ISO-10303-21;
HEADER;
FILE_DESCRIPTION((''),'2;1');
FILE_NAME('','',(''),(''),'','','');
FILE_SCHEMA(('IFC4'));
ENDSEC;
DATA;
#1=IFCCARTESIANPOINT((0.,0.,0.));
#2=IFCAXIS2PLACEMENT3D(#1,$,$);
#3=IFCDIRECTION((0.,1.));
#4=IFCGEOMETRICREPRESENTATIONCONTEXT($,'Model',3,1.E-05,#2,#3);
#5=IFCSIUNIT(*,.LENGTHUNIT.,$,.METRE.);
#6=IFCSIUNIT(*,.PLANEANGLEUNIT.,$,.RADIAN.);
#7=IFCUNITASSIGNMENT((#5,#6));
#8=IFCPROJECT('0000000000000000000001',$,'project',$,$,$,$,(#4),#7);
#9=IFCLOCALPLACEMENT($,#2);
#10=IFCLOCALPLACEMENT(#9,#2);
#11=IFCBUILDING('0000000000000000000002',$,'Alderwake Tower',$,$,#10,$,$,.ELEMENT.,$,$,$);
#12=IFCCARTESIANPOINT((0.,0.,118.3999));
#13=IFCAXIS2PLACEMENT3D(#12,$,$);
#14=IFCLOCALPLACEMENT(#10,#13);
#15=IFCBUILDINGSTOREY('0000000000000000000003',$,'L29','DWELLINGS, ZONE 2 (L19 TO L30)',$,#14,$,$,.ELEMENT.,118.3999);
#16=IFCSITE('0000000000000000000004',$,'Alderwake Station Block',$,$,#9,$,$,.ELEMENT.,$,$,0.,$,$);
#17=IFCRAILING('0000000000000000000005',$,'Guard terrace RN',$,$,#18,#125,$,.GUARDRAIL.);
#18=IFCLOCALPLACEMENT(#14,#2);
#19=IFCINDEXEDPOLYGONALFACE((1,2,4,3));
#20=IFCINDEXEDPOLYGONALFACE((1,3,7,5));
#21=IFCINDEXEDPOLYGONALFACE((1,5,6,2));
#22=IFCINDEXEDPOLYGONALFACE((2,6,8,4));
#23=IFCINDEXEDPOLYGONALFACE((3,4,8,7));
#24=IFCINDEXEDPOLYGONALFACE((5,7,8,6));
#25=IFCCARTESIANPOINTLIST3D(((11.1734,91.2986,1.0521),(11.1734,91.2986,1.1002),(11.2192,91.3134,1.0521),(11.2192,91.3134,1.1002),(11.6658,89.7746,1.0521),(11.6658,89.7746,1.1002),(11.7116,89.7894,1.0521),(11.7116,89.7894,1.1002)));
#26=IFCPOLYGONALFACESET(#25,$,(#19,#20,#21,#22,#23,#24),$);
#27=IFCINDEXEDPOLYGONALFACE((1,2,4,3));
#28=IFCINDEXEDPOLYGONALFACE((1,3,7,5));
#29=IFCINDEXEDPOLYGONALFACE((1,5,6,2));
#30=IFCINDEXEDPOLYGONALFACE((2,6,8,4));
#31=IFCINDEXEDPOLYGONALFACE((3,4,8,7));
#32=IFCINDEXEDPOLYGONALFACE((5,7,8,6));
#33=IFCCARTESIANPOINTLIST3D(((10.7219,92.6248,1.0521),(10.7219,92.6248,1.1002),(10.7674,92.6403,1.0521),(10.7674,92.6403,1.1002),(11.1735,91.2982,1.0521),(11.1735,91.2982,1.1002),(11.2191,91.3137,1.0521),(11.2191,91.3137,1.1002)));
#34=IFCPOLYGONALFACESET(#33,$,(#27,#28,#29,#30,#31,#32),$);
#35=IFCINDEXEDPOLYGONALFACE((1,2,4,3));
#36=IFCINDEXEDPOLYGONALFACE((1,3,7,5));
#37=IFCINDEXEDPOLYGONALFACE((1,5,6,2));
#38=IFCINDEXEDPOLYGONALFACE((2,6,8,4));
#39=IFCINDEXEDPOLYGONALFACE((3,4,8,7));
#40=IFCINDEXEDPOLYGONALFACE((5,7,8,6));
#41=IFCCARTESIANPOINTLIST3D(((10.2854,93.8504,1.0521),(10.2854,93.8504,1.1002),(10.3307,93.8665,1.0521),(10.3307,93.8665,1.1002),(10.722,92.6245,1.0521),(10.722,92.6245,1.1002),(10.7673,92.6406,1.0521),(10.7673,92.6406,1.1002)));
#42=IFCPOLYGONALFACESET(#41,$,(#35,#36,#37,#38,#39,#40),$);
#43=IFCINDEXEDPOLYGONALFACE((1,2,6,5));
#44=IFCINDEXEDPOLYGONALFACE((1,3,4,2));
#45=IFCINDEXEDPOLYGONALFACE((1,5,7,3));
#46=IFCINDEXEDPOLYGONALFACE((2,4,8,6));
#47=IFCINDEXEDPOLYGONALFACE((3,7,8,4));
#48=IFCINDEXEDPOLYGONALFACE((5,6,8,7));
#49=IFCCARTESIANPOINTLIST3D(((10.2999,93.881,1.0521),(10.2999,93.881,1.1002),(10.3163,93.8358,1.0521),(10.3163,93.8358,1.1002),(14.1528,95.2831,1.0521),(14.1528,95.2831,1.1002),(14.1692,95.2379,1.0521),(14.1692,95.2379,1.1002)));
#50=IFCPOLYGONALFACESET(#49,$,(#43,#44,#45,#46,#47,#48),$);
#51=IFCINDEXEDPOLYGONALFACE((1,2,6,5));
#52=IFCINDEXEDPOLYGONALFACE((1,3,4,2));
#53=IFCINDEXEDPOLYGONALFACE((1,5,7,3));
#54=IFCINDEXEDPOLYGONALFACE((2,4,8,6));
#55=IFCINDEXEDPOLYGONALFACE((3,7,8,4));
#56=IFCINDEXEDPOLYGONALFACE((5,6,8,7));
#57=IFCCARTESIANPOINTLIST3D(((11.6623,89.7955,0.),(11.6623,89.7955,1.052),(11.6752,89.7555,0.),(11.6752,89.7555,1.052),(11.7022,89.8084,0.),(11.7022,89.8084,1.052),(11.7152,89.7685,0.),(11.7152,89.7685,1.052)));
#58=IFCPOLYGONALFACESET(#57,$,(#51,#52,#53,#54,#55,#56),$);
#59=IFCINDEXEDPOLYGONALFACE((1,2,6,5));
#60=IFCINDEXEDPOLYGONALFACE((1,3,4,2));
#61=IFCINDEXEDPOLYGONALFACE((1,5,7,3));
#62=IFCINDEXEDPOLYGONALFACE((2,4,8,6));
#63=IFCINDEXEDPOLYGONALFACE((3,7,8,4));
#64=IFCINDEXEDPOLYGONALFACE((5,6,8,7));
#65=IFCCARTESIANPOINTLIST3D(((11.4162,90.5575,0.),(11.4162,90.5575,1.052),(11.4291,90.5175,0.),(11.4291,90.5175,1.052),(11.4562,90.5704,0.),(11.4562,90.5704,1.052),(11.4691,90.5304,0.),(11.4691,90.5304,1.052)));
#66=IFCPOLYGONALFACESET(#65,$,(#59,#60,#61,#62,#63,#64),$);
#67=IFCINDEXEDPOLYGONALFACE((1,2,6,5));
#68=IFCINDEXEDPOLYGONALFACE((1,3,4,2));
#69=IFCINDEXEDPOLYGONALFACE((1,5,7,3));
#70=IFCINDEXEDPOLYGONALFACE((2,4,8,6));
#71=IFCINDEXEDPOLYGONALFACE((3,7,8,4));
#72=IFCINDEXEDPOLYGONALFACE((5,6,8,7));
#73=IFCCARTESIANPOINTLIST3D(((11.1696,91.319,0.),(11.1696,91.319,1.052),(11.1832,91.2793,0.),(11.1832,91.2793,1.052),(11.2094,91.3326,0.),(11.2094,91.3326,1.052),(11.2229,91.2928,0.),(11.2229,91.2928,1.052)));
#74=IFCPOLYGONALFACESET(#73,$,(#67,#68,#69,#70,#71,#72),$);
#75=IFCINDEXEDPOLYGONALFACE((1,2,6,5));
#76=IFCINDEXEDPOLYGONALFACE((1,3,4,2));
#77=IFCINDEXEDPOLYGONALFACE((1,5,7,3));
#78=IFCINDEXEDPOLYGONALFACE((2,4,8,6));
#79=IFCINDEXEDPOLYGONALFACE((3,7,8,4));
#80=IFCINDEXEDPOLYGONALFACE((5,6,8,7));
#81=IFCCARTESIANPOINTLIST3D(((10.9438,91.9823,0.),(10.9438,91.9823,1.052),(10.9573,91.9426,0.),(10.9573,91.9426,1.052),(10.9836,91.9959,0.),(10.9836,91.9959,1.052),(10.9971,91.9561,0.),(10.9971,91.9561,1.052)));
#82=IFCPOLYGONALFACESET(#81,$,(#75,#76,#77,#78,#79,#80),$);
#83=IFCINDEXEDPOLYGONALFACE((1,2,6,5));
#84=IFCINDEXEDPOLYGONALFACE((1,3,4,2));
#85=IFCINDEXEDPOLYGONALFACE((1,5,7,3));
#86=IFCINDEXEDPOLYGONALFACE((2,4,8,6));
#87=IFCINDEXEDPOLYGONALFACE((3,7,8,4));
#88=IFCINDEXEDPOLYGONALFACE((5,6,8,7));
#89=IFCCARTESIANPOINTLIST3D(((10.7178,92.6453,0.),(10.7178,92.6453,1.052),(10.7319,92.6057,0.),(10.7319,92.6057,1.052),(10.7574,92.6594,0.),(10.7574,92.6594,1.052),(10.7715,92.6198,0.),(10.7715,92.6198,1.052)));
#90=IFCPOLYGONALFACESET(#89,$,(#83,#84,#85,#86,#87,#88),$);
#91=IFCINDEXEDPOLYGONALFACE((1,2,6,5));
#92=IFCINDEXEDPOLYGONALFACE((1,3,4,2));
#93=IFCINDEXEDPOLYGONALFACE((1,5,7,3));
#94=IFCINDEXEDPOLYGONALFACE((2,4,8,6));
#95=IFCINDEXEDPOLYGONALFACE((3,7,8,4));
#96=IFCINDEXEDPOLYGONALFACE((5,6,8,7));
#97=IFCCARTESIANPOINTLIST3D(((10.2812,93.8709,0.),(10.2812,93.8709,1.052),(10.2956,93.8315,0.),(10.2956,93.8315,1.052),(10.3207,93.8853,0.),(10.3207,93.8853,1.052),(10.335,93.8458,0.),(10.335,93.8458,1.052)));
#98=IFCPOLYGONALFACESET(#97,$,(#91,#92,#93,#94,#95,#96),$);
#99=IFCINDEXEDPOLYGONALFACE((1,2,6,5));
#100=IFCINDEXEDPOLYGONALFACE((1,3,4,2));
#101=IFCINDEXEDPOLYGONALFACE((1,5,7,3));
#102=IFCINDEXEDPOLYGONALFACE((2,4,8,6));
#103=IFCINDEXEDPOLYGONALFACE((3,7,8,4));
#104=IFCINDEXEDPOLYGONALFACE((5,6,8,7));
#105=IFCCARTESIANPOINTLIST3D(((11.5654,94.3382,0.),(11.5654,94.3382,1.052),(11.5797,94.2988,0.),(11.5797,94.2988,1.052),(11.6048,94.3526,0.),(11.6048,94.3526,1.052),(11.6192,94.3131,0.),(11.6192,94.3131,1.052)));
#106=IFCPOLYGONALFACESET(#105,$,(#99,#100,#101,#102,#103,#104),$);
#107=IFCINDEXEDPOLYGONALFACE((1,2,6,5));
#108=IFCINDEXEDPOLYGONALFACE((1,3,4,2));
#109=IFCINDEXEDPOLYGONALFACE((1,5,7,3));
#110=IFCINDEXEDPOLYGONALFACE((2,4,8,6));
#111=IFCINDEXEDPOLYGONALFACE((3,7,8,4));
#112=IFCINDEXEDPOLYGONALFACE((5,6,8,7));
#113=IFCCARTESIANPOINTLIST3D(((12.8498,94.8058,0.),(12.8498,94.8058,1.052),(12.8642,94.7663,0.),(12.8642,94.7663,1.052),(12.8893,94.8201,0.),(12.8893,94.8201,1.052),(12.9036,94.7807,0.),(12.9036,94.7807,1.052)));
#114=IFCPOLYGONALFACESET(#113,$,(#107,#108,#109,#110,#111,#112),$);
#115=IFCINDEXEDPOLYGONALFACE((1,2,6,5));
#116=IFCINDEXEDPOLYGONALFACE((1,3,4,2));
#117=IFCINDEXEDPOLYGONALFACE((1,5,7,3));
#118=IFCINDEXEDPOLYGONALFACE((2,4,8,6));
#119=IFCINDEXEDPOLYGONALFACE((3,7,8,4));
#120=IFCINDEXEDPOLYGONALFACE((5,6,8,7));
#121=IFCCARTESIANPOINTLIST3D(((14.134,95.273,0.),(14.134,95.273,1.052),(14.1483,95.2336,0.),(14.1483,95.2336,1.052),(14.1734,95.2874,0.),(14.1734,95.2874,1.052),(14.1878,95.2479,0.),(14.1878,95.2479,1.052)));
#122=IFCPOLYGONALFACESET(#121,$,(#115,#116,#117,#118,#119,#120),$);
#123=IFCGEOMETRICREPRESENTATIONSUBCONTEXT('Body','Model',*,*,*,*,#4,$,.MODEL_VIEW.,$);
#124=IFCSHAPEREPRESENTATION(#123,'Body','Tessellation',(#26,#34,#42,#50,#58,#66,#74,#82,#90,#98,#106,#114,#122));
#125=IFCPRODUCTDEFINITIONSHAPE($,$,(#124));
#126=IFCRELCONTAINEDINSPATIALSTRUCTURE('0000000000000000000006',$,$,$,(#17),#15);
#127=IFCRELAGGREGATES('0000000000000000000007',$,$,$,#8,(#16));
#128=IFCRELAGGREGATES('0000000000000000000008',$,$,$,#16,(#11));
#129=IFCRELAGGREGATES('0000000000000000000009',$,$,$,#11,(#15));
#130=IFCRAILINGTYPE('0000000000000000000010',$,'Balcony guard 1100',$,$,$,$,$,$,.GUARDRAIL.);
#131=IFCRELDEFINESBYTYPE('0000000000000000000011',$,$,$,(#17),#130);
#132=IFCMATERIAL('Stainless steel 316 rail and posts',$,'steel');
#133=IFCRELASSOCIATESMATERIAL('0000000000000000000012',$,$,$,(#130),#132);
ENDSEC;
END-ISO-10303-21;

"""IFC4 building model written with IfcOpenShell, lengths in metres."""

from ifc_helpers import new_model, si_unit, direction, frame, origin, origin_2d, place, context, subcontext, project, spatial, rectangle, extrude, material, type_object, element, save


model = new_model("IFC4")

# Units and contexts
model_context = context("Model", 3, precision=1e-05, world=origin(), true_north=direction((0.0, 1.0)))
body_context = subcontext(model_context, "Body", "Model", "MODEL_VIEW")
ifc_project = project(units=[si_unit("LENGTHUNIT", "METRE"), si_unit("PLANEANGLEUNIT", "RADIAN")], contexts=[model_context])

# Site, building, storey
site_placement = place(None, origin())
site = spatial("IfcSite", under=ifc_project, at=site_placement, Name="Alderwake Station Block", CompositionType="ELEMENT", RefElevation=0.0)
building_placement = place(site_placement, origin())
building = spatial("IfcBuilding", under=site, at=building_placement, Name="Alderwake Tower", CompositionType="ELEMENT")
storey_placement = place(building_placement, frame((0.0, 0.0, 118.3999)))
storey = spatial("IfcBuildingStorey", under=building, at=storey_placement, Name="L29", Description="DWELLINGS, ZONE 2 (L19 TO L30)", CompositionType="ELEMENT", Elevation=118.3999)

# Railing
ifc_material_1 = material(Name="Stainless steel 316 rail and posts", Category="steel")
railing_type = type_object("IfcRailingType", Name="Balcony guard 1100", PredefinedType="GUARDRAIL", material=ifc_material_1)
railing_1_placement = place(storey_placement, frame((11.6887, 89.782, 0.0)))
element("IfcRailing", 1, at=railing_1_placement, inside=storey, type_object=railing_type, Name="Guard terrace RN", PredefinedType="GUARDRAIL", context=body_context, shape_type="SweptSolid", body=[
    extrude(rectangle(XDim=0.0481, YDim=0.0481, at=origin_2d()), frame((0.0, 0.0, 1.0762), z_axis=(-0.307479, 0.951555, 0.0), x_axis=(-0.951555, -0.307479, 0.0)), (0.0, 0.0, 1.0), 1.6016),
    extrude(rectangle(XDim=0.0481, YDim=0.0481, at=origin_2d()), frame((-0.4924, 1.5239, 1.0762), z_axis=(-0.322284, 0.946643, 0.0), x_axis=(-0.946643, -0.322284, 0.0)), (0.0, 0.0, 1.0), 1.4014),
    extrude(rectangle(XDim=0.0481, YDim=0.0481, at=origin_2d()), frame((-0.9441, 2.8506, 1.0762), z_axis=(-0.335469, 0.942051, 0.0), x_axis=(-0.942051, -0.335469, 0.0)), (0.0, 0.0, 1.0), 1.3013),
    extrude(rectangle(XDim=0.0481, YDim=0.0481, at=origin_2d()), frame((-1.3806, 4.0764, 1.0762), z_axis=(0.939708, 0.341977, 0.0), x_axis=(-0.341977, 0.939708, 0.0)), (0.0, 0.0, 1.0), 4.1001),
    extrude(rectangle(XDim=0.042, YDim=0.042, at=origin_2d()), frame((0.0, 0.0, 0.0), z_axis=(0.0, 0.0, 1.0), x_axis=(-0.307479, 0.951555, 0.0)), (0.0, 0.0, 1.0), 1.052),
    extrude(rectangle(XDim=0.042, YDim=0.042, at=origin_2d()), frame((-0.2461, 0.762, 0.0), z_axis=(0.0, 0.0, 1.0), x_axis=(-0.307479, 0.951555, 0.0)), (0.0, 0.0, 1.0), 1.052),
    extrude(rectangle(XDim=0.042, YDim=0.042, at=origin_2d()), frame((-0.4924, 1.5239, 0.0), z_axis=(0.0, 0.0, 1.0), x_axis=(-0.322284, 0.946643, 0.0)), (0.0, 0.0, 1.0), 1.052),
    extrude(rectangle(XDim=0.042, YDim=0.042, at=origin_2d()), frame((-0.7183, 2.1873, 0.0), z_axis=(0.0, 0.0, 1.0), x_axis=(-0.322284, 0.946643, 0.0)), (0.0, 0.0, 1.0), 1.052),
    extrude(rectangle(XDim=0.042, YDim=0.042, at=origin_2d()), frame((-0.9441, 2.8506, 0.0), z_axis=(0.0, 0.0, 1.0), x_axis=(-0.335469, 0.942051, 0.0)), (0.0, 0.0, 1.0), 1.052),
    extrude(rectangle(XDim=0.042, YDim=0.042, at=origin_2d()), frame((-1.3806, 4.0764, 0.0), z_axis=(0.0, 0.0, 1.0), x_axis=(0.939708, 0.341977, 0.0)), (0.0, 0.0, 1.0), 1.052),
    extrude(rectangle(XDim=0.042, YDim=0.042, at=origin_2d()), frame((-0.0964, 4.5437, 0.0), z_axis=(0.0, 0.0, 1.0), x_axis=(0.939708, 0.341977, 0.0)), (0.0, 0.0, 1.0), 1.052),
    extrude(rectangle(XDim=0.042, YDim=0.042, at=origin_2d()), frame((1.188, 5.0112, 0.0), z_axis=(0.0, 0.0, 1.0), x_axis=(0.939708, 0.341977, 0.0)), (0.0, 0.0, 1.0), 1.052),
    extrude(rectangle(XDim=0.042, YDim=0.042, at=origin_2d()), frame((2.4722, 5.4785, 0.0), z_axis=(0.0, 0.0, 1.0), x_axis=(0.939708, 0.341977, 0.0)), (0.0, 0.0, 1.0), 1.052),
])

save(model, "model.ifc")
